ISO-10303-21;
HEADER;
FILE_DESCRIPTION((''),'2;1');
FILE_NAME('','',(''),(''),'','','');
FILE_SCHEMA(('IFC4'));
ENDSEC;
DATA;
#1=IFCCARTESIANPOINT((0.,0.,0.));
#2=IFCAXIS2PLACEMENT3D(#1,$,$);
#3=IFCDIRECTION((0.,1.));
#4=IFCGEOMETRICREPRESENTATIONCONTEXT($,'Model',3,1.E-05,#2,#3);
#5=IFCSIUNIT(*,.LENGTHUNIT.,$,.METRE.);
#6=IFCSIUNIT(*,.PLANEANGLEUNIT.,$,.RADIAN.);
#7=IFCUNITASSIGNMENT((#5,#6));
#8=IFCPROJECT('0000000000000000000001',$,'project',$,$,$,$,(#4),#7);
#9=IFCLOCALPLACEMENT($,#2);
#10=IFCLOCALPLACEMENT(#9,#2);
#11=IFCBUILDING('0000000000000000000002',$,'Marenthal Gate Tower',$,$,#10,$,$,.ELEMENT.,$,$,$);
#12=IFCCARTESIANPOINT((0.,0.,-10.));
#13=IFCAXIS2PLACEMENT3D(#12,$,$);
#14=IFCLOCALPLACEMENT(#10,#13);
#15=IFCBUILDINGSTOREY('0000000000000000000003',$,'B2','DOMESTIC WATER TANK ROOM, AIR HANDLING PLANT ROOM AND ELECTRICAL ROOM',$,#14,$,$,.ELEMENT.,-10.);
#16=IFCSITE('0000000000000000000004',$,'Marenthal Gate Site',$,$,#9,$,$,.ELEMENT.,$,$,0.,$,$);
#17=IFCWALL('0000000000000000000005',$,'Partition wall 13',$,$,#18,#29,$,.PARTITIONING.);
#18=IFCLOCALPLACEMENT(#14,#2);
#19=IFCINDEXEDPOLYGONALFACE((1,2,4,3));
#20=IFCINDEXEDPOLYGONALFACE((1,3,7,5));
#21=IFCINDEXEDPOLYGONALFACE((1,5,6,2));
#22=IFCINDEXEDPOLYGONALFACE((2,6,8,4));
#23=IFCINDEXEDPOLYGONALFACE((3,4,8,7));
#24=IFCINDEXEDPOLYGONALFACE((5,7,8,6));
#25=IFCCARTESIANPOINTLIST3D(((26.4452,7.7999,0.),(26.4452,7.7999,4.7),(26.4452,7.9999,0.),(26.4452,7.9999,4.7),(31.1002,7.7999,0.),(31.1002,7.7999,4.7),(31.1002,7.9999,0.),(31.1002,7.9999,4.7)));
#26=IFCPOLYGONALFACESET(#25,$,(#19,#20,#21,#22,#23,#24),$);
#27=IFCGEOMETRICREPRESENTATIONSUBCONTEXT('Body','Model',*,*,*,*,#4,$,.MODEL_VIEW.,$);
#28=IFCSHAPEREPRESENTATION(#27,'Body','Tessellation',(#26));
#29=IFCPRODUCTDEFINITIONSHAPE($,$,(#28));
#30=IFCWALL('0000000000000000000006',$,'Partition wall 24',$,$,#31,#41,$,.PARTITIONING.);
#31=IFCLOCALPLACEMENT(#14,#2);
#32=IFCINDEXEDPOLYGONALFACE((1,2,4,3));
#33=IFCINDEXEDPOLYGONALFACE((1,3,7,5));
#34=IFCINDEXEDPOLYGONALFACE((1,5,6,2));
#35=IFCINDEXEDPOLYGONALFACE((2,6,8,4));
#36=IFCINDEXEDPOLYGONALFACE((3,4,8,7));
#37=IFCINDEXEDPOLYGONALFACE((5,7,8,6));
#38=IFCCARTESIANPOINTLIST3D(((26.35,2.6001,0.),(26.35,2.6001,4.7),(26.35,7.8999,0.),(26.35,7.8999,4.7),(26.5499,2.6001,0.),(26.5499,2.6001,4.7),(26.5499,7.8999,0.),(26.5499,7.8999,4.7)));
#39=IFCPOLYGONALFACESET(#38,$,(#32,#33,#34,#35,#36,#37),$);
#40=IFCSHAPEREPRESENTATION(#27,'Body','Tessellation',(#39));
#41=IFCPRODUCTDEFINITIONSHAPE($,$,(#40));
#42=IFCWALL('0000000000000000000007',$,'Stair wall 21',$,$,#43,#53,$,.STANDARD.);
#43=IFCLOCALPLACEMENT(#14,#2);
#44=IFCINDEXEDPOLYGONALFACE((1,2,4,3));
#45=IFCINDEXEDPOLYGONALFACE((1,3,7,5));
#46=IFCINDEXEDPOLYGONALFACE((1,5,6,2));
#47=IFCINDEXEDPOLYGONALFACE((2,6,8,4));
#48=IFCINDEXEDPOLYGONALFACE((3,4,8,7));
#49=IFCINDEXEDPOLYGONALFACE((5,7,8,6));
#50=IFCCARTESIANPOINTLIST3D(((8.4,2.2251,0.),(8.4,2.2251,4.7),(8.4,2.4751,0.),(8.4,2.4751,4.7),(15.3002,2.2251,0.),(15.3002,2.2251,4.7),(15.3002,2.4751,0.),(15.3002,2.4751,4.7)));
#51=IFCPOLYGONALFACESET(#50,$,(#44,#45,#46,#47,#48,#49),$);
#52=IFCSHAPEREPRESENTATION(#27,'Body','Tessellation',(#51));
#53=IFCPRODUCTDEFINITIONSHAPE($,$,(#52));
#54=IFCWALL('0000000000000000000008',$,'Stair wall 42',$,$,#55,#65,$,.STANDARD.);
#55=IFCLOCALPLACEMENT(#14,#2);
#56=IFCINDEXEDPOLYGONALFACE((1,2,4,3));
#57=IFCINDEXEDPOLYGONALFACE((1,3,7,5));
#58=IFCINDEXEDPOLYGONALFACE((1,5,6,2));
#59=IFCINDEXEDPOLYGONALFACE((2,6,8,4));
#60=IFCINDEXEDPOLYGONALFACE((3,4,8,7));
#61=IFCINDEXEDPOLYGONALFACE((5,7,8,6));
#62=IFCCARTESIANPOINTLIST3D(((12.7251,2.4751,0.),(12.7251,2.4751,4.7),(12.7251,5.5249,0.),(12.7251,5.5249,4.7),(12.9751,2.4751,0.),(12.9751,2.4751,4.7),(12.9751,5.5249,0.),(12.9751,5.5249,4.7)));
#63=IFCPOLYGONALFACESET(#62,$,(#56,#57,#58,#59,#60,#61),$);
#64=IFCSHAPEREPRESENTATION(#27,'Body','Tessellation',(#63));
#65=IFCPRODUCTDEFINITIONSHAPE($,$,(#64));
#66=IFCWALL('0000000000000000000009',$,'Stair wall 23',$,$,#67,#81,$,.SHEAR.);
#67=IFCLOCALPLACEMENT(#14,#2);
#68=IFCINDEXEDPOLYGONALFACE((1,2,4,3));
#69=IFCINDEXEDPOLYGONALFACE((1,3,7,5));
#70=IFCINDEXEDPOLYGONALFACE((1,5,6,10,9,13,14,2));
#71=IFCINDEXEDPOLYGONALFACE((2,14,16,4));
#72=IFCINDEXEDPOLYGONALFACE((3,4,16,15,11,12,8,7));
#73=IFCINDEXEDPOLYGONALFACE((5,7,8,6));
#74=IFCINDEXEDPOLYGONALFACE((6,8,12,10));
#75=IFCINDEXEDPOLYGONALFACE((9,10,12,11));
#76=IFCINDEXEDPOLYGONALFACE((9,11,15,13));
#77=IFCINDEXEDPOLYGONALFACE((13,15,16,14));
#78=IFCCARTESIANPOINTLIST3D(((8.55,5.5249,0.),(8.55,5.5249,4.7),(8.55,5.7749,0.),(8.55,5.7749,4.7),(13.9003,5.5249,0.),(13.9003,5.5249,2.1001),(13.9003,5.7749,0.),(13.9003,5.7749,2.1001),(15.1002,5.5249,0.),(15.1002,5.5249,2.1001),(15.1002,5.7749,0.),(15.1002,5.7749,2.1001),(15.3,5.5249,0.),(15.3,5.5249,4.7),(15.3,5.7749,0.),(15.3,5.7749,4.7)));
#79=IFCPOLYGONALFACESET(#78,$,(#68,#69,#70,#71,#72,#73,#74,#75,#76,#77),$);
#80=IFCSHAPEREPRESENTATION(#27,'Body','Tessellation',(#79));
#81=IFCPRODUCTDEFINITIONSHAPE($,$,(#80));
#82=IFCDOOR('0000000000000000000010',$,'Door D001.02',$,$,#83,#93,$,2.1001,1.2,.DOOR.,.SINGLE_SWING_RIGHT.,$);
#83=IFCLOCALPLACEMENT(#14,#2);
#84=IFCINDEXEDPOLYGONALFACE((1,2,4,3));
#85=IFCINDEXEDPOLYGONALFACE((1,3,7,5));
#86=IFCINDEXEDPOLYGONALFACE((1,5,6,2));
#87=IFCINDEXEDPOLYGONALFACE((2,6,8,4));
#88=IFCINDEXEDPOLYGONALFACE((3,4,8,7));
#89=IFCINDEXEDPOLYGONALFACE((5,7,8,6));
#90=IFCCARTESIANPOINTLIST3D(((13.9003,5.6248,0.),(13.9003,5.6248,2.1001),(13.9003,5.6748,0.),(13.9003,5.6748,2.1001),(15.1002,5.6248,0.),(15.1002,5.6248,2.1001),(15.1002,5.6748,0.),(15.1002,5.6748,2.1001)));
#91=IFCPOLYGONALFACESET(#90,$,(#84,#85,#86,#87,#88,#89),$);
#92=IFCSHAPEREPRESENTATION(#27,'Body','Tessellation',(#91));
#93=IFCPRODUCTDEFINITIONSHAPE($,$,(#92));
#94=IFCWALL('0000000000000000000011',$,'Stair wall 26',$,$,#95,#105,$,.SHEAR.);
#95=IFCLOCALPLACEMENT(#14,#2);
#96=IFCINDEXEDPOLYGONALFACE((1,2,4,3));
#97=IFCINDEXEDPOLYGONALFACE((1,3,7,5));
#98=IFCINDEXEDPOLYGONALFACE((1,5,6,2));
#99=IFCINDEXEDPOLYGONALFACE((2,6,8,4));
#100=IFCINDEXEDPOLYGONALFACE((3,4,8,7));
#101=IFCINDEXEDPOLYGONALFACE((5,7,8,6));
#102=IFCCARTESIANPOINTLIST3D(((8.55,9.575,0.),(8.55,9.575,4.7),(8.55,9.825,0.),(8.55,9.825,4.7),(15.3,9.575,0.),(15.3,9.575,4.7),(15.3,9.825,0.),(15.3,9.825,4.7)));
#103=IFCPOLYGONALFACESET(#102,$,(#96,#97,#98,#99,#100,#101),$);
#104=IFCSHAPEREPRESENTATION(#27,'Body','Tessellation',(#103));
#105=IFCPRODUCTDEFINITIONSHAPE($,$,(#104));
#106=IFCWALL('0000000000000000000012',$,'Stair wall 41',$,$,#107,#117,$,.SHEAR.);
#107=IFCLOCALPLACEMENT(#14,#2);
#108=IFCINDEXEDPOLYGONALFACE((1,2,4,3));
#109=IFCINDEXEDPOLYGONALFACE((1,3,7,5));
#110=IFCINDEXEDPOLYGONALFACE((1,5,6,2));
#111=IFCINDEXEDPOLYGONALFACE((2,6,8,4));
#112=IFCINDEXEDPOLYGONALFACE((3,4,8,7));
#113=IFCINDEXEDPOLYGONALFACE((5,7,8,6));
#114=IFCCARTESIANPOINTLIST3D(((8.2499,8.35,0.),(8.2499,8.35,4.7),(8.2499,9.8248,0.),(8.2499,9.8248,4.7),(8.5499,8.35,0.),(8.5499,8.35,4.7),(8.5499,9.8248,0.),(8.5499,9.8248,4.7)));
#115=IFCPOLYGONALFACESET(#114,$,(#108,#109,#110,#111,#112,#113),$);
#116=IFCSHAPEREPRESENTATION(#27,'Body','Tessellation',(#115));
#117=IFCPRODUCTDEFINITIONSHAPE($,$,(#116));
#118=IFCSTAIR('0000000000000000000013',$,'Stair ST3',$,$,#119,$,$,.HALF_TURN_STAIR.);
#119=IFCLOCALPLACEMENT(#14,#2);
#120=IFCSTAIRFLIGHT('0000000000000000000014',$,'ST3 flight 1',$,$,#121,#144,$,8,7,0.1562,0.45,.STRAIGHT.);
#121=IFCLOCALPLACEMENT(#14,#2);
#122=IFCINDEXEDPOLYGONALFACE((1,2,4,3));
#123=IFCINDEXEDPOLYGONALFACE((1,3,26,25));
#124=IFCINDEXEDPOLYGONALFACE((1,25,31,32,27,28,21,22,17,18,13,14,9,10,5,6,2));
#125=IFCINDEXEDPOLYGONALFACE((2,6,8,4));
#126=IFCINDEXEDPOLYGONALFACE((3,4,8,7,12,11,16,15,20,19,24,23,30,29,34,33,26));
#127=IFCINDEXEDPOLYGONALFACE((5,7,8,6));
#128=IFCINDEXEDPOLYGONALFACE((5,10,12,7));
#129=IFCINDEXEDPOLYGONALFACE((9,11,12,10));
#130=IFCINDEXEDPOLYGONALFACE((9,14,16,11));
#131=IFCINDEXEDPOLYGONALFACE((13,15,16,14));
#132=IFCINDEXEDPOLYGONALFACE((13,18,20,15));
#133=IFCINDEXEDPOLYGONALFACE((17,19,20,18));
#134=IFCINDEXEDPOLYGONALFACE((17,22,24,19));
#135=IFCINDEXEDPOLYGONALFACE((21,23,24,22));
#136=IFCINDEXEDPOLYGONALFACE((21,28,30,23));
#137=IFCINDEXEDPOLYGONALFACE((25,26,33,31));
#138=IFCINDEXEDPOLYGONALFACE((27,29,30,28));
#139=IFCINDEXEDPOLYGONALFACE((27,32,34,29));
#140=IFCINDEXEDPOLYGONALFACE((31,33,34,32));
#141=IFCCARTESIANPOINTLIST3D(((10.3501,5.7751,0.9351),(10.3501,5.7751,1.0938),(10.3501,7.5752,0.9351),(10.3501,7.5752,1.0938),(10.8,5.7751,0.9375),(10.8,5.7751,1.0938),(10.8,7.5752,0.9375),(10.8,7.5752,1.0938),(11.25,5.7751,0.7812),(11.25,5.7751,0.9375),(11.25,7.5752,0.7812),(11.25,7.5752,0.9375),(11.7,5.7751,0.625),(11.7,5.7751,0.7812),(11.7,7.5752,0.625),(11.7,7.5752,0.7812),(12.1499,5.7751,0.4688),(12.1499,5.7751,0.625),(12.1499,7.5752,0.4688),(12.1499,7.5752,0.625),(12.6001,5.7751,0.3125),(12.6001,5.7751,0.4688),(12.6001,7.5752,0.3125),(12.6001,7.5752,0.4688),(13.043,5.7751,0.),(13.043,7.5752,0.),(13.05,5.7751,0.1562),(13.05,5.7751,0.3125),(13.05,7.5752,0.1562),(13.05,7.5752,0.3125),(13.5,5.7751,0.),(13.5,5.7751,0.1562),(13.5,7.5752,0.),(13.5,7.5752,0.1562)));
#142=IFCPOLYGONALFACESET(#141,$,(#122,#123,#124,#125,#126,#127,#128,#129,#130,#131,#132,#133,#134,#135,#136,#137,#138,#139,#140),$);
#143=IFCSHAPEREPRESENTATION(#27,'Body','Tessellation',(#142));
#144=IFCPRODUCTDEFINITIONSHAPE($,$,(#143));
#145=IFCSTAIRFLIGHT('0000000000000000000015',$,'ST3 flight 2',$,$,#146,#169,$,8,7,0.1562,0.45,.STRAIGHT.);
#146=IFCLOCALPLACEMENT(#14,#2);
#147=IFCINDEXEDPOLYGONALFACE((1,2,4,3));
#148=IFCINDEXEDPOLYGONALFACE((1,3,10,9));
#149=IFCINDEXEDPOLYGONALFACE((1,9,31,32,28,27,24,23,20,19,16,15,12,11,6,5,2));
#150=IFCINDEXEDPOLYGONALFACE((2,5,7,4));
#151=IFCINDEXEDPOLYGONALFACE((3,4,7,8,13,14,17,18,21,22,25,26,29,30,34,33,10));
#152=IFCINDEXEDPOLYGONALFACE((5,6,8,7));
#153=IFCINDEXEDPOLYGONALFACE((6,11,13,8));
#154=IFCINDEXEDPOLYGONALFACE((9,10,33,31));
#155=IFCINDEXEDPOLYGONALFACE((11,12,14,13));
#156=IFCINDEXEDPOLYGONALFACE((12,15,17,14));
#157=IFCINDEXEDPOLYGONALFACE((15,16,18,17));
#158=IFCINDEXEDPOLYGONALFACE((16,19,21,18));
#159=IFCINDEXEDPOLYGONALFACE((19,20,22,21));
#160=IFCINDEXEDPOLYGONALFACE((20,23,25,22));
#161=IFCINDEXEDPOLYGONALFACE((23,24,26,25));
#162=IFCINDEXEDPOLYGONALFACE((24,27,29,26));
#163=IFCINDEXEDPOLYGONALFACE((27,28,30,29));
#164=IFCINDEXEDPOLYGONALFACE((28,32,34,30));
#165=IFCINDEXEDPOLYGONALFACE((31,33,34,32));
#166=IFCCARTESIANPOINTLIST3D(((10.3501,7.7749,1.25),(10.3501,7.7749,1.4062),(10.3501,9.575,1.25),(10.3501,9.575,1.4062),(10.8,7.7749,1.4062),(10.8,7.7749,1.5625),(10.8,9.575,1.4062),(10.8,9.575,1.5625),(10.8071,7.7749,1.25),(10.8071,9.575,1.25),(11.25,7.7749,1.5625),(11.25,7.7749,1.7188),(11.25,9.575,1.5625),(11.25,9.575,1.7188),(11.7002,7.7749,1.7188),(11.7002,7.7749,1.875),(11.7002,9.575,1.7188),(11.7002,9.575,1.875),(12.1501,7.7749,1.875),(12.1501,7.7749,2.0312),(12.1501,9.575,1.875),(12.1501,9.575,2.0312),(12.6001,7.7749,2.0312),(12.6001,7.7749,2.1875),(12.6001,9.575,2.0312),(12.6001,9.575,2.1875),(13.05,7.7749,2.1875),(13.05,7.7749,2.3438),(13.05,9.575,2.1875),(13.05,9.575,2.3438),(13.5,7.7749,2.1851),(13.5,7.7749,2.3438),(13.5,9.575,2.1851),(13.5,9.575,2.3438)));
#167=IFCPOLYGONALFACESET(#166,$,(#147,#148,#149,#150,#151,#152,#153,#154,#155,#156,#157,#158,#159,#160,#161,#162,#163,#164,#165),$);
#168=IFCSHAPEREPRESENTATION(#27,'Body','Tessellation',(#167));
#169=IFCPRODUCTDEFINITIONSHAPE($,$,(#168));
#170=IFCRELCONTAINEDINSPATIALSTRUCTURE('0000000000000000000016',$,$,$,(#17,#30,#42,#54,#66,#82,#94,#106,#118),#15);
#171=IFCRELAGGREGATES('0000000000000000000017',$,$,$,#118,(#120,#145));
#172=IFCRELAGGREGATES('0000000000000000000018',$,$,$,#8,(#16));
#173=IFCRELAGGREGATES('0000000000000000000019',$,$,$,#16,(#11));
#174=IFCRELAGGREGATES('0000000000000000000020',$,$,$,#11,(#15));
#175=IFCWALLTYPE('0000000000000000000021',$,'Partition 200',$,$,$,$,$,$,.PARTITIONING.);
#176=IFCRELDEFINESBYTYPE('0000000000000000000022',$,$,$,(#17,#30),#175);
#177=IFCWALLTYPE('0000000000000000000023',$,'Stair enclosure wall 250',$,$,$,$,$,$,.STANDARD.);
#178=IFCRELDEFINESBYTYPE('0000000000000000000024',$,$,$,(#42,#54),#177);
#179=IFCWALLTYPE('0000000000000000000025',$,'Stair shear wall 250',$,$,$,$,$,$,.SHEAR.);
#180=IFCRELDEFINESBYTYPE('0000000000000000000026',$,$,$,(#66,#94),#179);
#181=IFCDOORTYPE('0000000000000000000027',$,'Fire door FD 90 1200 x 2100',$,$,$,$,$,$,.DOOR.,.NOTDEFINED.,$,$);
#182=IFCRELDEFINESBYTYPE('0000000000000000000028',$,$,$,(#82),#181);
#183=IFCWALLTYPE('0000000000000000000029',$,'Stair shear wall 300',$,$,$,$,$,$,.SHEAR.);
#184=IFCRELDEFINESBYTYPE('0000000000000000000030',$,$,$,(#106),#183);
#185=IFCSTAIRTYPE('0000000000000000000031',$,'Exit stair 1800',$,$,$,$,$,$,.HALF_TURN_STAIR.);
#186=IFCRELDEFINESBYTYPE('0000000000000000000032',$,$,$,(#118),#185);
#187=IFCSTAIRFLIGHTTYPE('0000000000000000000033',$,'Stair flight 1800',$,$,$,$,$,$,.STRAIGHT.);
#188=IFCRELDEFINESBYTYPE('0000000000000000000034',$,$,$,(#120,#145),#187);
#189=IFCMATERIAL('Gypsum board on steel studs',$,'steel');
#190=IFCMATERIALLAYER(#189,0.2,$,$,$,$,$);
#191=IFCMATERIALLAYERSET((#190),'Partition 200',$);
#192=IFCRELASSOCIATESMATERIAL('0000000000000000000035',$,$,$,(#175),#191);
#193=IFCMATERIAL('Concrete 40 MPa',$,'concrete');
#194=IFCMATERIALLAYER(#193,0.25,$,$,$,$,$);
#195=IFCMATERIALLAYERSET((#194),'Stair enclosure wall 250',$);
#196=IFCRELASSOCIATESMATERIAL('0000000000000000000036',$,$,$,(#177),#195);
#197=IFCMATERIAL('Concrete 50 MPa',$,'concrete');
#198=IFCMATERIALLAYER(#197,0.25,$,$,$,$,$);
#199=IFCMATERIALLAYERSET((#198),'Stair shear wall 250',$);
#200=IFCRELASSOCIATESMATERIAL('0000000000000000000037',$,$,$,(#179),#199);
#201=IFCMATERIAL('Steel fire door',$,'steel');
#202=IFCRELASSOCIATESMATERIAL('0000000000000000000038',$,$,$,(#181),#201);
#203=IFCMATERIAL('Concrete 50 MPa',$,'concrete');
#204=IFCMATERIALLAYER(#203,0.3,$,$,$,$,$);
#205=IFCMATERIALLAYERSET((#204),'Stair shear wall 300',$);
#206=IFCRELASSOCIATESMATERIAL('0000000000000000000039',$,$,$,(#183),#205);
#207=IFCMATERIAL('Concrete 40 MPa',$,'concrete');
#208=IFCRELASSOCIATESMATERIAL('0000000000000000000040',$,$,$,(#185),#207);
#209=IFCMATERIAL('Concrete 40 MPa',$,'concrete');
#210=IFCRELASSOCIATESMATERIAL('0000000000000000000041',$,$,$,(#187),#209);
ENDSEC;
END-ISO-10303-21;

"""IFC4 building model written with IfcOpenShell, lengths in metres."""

from ifc_helpers import new_model, si_unit, direction, frame, frame_2d, origin, place, context, subcontext, project, spatial, polyline, rectangle, outline, extrude, material, layer, layer_set, type_object, element, fill, aggregate, save


model = new_model("IFC4")

# Units and contexts
model_context = context("Model", 3, precision=1e-05, world=origin(), true_north=direction((0.0, 1.0)))
body_context = subcontext(model_context, "Body", "Model", "MODEL_VIEW")
ifc_project = project(units=[si_unit("LENGTHUNIT", "METRE"), si_unit("PLANEANGLEUNIT", "RADIAN")], contexts=[model_context])

# Site, building, storey
site_placement = place(None, origin())
site = spatial("IfcSite", under=ifc_project, at=site_placement, Name="Marenthal Gate Site", CompositionType="ELEMENT", RefElevation=0.0)
building_placement = place(site_placement, origin())
building = spatial("IfcBuilding", under=site, at=building_placement, Name="Marenthal Gate Tower", CompositionType="ELEMENT")
storey_placement = place(building_placement, frame((0.0, 0.0, -10.0)))
storey = spatial("IfcBuildingStorey", under=building, at=storey_placement, Name="B2", Description="DOMESTIC WATER TANK ROOM, AIR HANDLING PLANT ROOM AND ELECTRICAL ROOM", CompositionType="ELEMENT", Elevation=-10.0)

# Walls
ifc_material_1 = material(Name="Gypsum board on steel studs", Category="steel")
ifc_layer_1 = layer(ifc_material_1, 0.2)
ifc_layer_set_1 = layer_set([ifc_layer_1], Name="Partition 200")
wall_type_1 = type_object("IfcWallType", Name="Partition 200", PredefinedType="PARTITIONING", material=ifc_layer_set_1)
wall_1_placement = place(storey_placement, frame((26.4451, 7.8999, 0.0), z_axis=(0.0, 0.0, 1.0), x_axis=(1.0, 0.0, 0.0)))
element("IfcWall", 1, at=wall_1_placement, inside=storey, type_object=wall_type_1, Name="Partition wall 13", PredefinedType="PARTITIONING", context=body_context, shape_type="SweptSolid", body=[
    extrude(rectangle(XDim=4.655, YDim=0.2, at=frame_2d((2.3276, 0.0))), origin(), (0.0, 0.0, 1.0), 4.7),
])
wall_2_placement = place(storey_placement, frame((26.45, 2.6001, 0.0), z_axis=(0.0, 0.0, 1.0), x_axis=(0.0, 1.0, 0.0)))
element("IfcWall", 2, at=wall_2_placement, inside=storey, type_object=wall_type_1, Name="Partition wall 24", PredefinedType="PARTITIONING", context=body_context, shape_type="SweptSolid", body=[
    extrude(rectangle(XDim=5.2998, YDim=0.2, at=frame_2d((2.6499, 0.0))), origin(), (0.0, 0.0, 1.0), 4.7),
])
ifc_material_2 = material(Name="Concrete 40 MPa", Category="concrete")
ifc_layer_2 = layer(ifc_material_2, 0.25)
ifc_layer_set_2 = layer_set([ifc_layer_2], Name="Stair enclosure wall 250")
wall_type_2 = type_object("IfcWallType", Name="Stair enclosure wall 250", PredefinedType="STANDARD", material=ifc_layer_set_2)
wall_3_placement = place(storey_placement, frame((8.3999, 2.3501, 0.0), z_axis=(0.0, 0.0, 1.0), x_axis=(1.0, 0.0, 0.0)))
element("IfcWall", 3, at=wall_3_placement, inside=storey, type_object=wall_type_2, Name="Stair wall 21", PredefinedType="STANDARD", context=body_context, shape_type="SweptSolid", body=[
    extrude(rectangle(XDim=6.9001, YDim=0.25, at=frame_2d((3.4502, 0.0))), origin(), (0.0, 0.0, 1.0), 4.7),
])
wall_4_placement = place(storey_placement, frame((12.8501, 2.4751, 0.0), z_axis=(0.0, 0.0, 1.0), x_axis=(0.0, 1.0, 0.0)))
element("IfcWall", 4, at=wall_4_placement, inside=storey, type_object=wall_type_2, Name="Stair wall 42", PredefinedType="STANDARD", context=body_context, shape_type="SweptSolid", body=[
    extrude(rectangle(XDim=3.0498, YDim=0.25, at=frame_2d((1.5249, 0.0))), origin(), (0.0, 0.0, 1.0), 4.7),
])

# Wall, opening, door
ifc_material_3 = material(Name="Concrete 50 MPa", Category="concrete")
ifc_layer_3 = layer(ifc_material_3, 0.25)
ifc_layer_set_3 = layer_set([ifc_layer_3], Name="Stair shear wall 250")
wall_type_3 = type_object("IfcWallType", Name="Stair shear wall 250", PredefinedType="SHEAR", material=ifc_layer_set_3)
wall_5_placement = place(storey_placement, frame((8.55, 5.6499, 0.0), z_axis=(0.0, 0.0, 1.0), x_axis=(1.0, 0.0, 0.0)))
wall_5 = element("IfcWall", 5, at=wall_5_placement, inside=storey, type_object=wall_type_3, Name="Stair wall 23", PredefinedType="SHEAR", context=body_context, shape_type="SweptSolid", body=[
    extrude(rectangle(XDim=6.75, YDim=0.25, at=frame_2d((3.375, 0.0))), origin(), (0.0, 0.0, 1.0), 4.7),
])
opening_placement = place(wall_5_placement, frame((5.3501, 0.0, 0.0)))
opening = element("IfcOpeningElement", 6, at=opening_placement, cuts=wall_5, PredefinedType="OPENING", context=body_context, shape_type="SweptSolid", body=[
    extrude(rectangle(XDim=1.2, YDim=2.1001, at=frame_2d((0.6001, 1.05))), frame((0.0, 0.135, 0.0), z_axis=(0.0, -1.0, 0.0), x_axis=(1.0, 0.0, 0.0)), (0.0, 0.0, 1.0), 0.27),
])
ifc_material_4 = material(Name="Steel fire door", Category="steel")
door_type = type_object("IfcDoorType", Name="Fire door FD 90 1200 x 2100", OperationType="NOTDEFINED", PredefinedType="DOOR", material=ifc_material_4)
door_placement = place(opening_placement, origin())
door = element("IfcDoor", 7, at=door_placement, inside=storey, type_object=door_type, Name="Door D001.02", OperationType="SINGLE_SWING_RIGHT", OverallHeight=2.1001, OverallWidth=1.2, PredefinedType="DOOR", context=body_context, shape_type="SweptSolid", body=[
    extrude(rectangle(XDim=1.2, YDim=2.1001, at=frame_2d((0.6001, 1.05))), frame((0.0, 0.0249, 0.0), z_axis=(0.0, -1.0, 0.0), x_axis=(1.0, 0.0, 0.0)), (0.0, 0.0, 1.0), 0.05),
])
fill(opening, door)

# Walls
wall_6_placement = place(storey_placement, frame((8.55, 9.7, 0.0), z_axis=(0.0, 0.0, 1.0), x_axis=(1.0, 0.0, 0.0)))
element("IfcWall", 8, at=wall_6_placement, inside=storey, type_object=wall_type_3, Name="Stair wall 26", PredefinedType="SHEAR", context=body_context, shape_type="SweptSolid", body=[
    extrude(rectangle(XDim=6.75, YDim=0.25, at=frame_2d((3.375, 0.0))), origin(), (0.0, 0.0, 1.0), 4.7),
])
ifc_material_5 = material(Name="Concrete 50 MPa", Category="concrete")
ifc_layer_4 = layer(ifc_material_5, 0.3)
ifc_layer_set_4 = layer_set([ifc_layer_4], Name="Stair shear wall 300")
wall_type_4 = type_object("IfcWallType", Name="Stair shear wall 300", PredefinedType="SHEAR", material=ifc_layer_set_4)
wall_7_placement = place(storey_placement, frame((8.3999, 8.3501, 0.0), z_axis=(0.0, 0.0, 1.0), x_axis=(0.0, 1.0, 0.0)))
element("IfcWall", 9, at=wall_7_placement, inside=storey, type_object=wall_type_4, Name="Stair wall 41", PredefinedType="SHEAR", context=body_context, shape_type="SweptSolid", body=[
    extrude(rectangle(XDim=1.4749, YDim=0.3, at=frame_2d((0.7373, 0.0))), origin(), (0.0, 0.0, 1.0), 4.7),
])

# Stair, stair flights
ifc_material_6 = material(Name="Concrete 40 MPa", Category="concrete")
stair_type = type_object("IfcStairType", Name="Exit stair 1800", PredefinedType="HALF_TURN_STAIR", material=ifc_material_6)
stair_placement = place(storey_placement, origin())
stair = element("IfcStair", 10, at=stair_placement, inside=storey, type_object=stair_type, Name="Stair ST3", PredefinedType="HALF_TURN_STAIR")
ifc_material_7 = material(Name="Concrete 40 MPa", Category="concrete")
stair_flight_type = type_object("IfcStairFlightType", Name="Stair flight 1800", PredefinedType="STRAIGHT", material=ifc_material_7)
stair_flight_1_placement = place(storey_placement, frame((13.5, 6.675, 0.0), z_axis=(0.0, 0.0, 1.0), x_axis=(-1.0, 0.0, 0.0)))
stair_flight_1 = element("IfcStairFlight", 11, at=stair_flight_1_placement, type_object=stair_flight_type, Name="ST3 flight 1", NumberOfRisers=8, NumberOfTreads=7, PredefinedType="STRAIGHT", RiserHeight=0.1562, TreadLength=0.45, context=body_context, shape_type="SweptSolid", body=[
    extrude(outline(polyline([(0.0, 0.0), (0.0, 0.1562), (0.45, 0.1562), (0.45, 0.3125), (0.8999, 0.3125), (0.8999, 0.4688), (1.3501, 0.4688), (1.3501, 0.625), (1.8, 0.625), (1.8, 0.7812), (2.25, 0.7812), (2.25, 0.9375), (2.7, 0.9375), (2.7, 1.0938), (3.1499, 1.0938), (3.1499, 1.25), (3.1499, 0.9351), (0.457, 0.0), (0.0, 0.0)])), frame((0.0, 0.8999, 0.0), z_axis=(0.0, -1.0, 0.0), x_axis=(1.0, 0.0, 0.0)), (0.0, 0.0, 1.0), 1.8),
])
stair_flight_2_placement = place(storey_placement, frame((10.3501, 8.675, 1.25), z_axis=(0.0, 0.0, 1.0), x_axis=(1.0, 0.0, 0.0)))
stair_flight_2 = element("IfcStairFlight", 12, at=stair_flight_2_placement, type_object=stair_flight_type, Name="ST3 flight 2", NumberOfRisers=8, NumberOfTreads=7, PredefinedType="STRAIGHT", RiserHeight=0.1562, TreadLength=0.45, context=body_context, shape_type="SweptSolid", body=[
    extrude(outline(polyline([(0.0, 0.0), (0.0, 0.1562), (0.45, 0.1562), (0.45, 0.3125), (0.8999, 0.3125), (0.8999, 0.4688), (1.3501, 0.4688), (1.3501, 0.625), (1.8, 0.625), (1.8, 0.7812), (2.25, 0.7812), (2.25, 0.9375), (2.7, 0.9375), (2.7, 1.0938), (3.1499, 1.0938), (3.1499, 1.25), (3.1499, 0.9351), (0.457, 0.0), (0.0, 0.0)])), frame((0.0, 0.8999, 0.0), z_axis=(0.0, -1.0, 0.0), x_axis=(1.0, 0.0, 0.0)), (0.0, 0.0, 1.0), 1.8),
])
aggregate(stair, [stair_flight_1, stair_flight_2])

save(model, "model.ifc")
